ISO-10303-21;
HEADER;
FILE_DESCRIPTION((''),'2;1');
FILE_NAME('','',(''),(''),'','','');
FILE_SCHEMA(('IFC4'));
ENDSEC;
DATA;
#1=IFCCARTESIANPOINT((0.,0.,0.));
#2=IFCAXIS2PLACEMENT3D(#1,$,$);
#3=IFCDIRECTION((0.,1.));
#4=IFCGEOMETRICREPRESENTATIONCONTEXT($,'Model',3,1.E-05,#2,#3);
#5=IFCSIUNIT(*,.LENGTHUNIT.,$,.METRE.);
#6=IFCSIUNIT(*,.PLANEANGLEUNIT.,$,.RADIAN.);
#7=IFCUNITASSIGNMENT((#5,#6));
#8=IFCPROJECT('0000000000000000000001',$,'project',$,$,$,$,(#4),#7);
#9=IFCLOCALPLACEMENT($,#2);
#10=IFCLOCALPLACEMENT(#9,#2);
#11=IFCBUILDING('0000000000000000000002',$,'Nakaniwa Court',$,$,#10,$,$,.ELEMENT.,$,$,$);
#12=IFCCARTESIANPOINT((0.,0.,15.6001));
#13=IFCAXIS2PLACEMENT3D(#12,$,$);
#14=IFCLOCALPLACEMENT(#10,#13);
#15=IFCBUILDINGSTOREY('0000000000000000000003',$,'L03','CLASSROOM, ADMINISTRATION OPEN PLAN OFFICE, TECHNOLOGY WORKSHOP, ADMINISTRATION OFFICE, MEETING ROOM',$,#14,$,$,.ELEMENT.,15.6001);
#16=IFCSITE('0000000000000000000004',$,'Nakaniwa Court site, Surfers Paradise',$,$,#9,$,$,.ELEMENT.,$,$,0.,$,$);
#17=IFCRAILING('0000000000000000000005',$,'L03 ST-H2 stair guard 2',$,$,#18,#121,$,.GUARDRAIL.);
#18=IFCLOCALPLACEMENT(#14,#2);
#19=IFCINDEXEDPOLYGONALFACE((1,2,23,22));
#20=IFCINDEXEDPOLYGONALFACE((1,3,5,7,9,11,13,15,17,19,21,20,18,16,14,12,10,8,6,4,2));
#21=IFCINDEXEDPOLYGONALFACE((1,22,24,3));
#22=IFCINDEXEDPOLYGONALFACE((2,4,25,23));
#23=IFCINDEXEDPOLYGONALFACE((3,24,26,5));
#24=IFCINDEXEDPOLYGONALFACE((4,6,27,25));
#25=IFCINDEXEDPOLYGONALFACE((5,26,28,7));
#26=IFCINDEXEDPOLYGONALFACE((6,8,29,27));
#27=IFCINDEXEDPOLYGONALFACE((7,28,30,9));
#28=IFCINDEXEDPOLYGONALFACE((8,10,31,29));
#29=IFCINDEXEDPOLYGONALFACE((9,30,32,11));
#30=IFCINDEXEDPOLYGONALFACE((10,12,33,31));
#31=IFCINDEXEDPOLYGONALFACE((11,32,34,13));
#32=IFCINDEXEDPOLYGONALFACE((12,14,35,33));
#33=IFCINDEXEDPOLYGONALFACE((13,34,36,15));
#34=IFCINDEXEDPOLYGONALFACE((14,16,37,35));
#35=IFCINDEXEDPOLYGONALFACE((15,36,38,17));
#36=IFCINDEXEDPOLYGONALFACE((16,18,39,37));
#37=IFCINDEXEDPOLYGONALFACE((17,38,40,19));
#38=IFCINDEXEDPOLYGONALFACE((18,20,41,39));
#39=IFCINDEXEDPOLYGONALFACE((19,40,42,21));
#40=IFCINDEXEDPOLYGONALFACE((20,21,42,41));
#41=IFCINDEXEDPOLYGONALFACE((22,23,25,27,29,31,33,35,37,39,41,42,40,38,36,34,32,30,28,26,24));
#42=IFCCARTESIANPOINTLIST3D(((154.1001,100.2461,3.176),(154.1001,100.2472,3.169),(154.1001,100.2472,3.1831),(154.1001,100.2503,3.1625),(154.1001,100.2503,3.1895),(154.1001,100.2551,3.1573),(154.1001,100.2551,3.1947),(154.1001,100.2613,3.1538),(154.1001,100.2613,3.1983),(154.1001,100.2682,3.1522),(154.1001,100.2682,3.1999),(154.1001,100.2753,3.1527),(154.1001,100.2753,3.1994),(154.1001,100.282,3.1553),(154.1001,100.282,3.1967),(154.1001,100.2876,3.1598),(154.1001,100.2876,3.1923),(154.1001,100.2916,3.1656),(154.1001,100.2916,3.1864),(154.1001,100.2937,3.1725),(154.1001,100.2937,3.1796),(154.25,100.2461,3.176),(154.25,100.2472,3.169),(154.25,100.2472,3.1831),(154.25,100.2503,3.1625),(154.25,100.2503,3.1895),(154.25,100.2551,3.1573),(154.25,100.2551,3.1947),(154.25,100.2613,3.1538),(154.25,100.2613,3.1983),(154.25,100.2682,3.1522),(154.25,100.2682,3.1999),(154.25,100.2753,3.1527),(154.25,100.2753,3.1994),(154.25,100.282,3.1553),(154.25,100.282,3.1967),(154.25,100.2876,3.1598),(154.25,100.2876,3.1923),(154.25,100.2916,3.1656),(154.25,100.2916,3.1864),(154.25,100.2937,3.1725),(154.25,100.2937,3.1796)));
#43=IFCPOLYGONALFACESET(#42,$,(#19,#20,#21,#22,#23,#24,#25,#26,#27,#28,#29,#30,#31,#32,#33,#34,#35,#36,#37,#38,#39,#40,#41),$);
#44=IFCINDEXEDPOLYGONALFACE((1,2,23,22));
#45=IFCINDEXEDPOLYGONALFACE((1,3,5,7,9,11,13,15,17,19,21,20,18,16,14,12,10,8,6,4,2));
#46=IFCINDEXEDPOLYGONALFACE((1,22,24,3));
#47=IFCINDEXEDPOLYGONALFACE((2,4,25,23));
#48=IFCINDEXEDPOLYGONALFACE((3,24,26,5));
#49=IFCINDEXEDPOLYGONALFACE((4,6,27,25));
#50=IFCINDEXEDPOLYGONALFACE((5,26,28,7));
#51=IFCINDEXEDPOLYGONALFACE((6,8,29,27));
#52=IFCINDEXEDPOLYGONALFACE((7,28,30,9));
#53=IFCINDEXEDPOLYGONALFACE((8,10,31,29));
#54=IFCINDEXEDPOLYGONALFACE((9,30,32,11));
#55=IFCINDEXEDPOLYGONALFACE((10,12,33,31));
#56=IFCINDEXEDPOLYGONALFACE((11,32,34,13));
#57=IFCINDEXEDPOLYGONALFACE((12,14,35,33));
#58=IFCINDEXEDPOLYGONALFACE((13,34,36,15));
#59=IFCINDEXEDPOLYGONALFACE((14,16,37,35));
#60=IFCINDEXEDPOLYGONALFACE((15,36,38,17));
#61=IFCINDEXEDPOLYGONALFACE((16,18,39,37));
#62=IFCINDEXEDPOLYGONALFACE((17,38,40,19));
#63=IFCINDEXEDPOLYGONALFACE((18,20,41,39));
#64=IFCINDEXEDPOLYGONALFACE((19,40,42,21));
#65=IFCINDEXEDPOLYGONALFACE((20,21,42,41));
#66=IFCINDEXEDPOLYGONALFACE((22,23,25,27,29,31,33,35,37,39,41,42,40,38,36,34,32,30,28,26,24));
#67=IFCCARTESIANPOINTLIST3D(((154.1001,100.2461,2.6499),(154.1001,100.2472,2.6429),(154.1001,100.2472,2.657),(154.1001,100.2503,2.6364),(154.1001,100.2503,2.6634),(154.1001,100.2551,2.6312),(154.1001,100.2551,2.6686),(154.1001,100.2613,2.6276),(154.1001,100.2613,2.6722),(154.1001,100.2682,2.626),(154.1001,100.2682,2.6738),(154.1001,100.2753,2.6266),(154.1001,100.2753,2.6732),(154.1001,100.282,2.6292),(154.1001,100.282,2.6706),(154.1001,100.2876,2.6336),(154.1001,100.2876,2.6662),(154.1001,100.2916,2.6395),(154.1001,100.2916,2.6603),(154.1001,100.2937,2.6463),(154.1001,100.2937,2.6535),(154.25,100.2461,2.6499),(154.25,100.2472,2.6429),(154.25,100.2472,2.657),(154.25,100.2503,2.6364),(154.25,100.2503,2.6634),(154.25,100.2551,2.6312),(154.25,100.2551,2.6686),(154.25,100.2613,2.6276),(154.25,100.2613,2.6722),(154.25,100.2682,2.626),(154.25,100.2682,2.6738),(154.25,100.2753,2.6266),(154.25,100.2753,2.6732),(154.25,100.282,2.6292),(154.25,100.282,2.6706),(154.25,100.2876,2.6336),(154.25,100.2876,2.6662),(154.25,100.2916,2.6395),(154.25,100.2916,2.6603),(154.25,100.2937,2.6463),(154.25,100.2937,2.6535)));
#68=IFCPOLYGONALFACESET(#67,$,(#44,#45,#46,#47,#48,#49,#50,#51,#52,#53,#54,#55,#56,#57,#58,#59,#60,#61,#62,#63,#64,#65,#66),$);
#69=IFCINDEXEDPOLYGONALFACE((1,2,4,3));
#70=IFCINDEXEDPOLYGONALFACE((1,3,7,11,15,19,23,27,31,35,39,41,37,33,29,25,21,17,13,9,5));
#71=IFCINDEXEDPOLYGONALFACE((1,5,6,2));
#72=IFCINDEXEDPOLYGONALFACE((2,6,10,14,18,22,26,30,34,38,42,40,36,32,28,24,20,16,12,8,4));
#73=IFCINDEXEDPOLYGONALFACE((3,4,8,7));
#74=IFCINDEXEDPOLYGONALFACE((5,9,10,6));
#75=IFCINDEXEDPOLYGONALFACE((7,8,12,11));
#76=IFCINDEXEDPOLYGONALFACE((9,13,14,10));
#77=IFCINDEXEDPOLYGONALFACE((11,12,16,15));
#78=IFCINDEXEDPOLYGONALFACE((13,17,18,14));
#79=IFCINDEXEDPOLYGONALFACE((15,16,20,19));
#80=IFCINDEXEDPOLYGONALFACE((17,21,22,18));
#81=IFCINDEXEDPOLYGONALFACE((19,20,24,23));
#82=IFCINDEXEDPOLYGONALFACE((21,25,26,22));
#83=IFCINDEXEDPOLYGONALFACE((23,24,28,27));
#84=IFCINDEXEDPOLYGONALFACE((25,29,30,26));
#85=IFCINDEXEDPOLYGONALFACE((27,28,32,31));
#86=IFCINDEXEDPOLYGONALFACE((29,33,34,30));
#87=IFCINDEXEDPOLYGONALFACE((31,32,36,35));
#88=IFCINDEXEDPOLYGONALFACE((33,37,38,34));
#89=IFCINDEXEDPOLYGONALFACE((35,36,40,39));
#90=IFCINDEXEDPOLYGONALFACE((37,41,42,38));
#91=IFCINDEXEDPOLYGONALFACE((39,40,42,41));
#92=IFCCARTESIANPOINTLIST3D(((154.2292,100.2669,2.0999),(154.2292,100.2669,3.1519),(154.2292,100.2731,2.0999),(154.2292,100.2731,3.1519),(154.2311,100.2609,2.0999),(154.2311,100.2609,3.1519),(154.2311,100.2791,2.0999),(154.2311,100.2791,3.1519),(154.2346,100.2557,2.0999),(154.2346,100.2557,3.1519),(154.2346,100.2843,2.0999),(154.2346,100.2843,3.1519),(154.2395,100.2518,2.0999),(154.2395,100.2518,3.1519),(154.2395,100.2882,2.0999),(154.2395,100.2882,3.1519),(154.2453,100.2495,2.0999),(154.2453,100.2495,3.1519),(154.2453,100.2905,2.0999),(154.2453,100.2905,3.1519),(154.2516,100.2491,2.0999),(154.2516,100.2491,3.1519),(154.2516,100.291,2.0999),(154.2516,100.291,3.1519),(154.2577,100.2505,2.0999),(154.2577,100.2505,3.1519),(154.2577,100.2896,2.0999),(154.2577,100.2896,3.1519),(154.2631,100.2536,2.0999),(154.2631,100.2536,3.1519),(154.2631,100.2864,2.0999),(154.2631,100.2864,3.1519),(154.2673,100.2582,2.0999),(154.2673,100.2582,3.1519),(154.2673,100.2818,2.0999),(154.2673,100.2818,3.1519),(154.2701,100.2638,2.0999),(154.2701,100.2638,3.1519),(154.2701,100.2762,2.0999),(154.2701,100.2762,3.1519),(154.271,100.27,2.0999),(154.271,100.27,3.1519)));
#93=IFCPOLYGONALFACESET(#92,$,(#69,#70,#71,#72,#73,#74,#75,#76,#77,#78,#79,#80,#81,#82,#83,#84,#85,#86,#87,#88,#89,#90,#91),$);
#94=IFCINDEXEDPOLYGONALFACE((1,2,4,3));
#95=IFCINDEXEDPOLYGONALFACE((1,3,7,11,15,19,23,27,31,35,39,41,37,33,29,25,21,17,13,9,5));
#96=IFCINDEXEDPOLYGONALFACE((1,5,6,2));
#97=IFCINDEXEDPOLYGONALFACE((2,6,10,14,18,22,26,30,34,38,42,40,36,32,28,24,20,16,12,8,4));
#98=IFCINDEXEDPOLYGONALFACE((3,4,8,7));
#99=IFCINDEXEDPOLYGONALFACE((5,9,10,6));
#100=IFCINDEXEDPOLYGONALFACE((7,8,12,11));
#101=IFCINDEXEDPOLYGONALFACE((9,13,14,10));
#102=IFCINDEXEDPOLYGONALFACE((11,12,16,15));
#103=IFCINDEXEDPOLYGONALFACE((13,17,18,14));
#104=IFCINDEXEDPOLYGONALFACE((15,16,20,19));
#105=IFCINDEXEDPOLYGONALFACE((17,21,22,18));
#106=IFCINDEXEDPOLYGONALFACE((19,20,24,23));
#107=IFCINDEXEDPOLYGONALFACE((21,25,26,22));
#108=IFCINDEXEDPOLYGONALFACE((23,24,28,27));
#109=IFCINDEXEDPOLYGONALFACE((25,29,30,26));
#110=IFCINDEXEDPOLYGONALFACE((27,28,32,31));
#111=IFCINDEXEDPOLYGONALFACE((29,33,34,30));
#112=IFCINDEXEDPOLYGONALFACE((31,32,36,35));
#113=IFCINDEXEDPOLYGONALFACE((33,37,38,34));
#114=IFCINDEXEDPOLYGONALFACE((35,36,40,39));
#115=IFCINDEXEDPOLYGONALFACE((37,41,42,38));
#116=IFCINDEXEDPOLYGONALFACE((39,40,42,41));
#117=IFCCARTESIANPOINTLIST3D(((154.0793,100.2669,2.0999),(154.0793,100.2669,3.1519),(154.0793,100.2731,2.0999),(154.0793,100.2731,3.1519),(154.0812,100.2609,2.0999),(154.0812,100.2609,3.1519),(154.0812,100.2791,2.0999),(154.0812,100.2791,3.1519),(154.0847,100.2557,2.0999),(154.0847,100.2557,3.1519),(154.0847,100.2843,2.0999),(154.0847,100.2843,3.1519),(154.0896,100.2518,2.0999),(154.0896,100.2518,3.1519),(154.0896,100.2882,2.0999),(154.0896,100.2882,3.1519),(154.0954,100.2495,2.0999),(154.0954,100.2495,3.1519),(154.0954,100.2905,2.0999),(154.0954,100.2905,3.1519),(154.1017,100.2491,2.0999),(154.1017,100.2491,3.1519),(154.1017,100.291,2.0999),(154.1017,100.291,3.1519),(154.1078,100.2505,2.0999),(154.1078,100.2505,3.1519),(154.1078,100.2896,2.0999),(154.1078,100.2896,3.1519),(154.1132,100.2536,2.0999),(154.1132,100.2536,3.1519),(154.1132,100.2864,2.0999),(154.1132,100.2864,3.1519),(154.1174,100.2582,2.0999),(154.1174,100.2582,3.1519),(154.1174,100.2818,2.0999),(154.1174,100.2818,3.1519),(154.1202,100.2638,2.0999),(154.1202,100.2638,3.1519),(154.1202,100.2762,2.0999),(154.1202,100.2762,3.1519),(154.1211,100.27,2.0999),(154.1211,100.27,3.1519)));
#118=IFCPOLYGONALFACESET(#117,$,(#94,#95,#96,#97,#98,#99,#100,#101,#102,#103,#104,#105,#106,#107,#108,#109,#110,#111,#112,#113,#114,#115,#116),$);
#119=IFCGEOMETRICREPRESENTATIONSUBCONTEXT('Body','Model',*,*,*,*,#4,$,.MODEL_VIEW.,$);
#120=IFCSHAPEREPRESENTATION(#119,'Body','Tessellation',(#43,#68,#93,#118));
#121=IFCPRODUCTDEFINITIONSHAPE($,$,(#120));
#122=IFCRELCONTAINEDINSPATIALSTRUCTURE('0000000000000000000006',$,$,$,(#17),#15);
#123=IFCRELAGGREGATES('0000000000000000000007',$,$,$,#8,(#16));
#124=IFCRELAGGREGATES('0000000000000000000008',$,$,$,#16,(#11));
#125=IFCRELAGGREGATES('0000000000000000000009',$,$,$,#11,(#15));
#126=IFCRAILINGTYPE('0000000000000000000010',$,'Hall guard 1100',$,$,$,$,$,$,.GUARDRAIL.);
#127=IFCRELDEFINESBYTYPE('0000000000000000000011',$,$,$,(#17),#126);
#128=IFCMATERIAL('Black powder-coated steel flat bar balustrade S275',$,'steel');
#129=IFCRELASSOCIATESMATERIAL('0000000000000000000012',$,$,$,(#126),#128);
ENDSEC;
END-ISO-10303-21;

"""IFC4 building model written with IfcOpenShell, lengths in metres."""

from ifc_helpers import new_model, si_unit, direction, frame, origin, origin_2d, place, context, subcontext, project, spatial, circle, extrude, material, type_object, element, save


model = new_model("IFC4")

# Units and contexts
model_context = context("Model", 3, precision=1e-05, world=origin(), true_north=direction((0.0, 1.0)))
body_context = subcontext(model_context, "Body", "Model", "MODEL_VIEW")
ifc_project = project(units=[si_unit("LENGTHUNIT", "METRE"), si_unit("PLANEANGLEUNIT", "RADIAN")], contexts=[model_context])

# Site, building, storey
site_placement = place(None, origin())
site = spatial("IfcSite", under=ifc_project, at=site_placement, Name="Nakaniwa Court site, Surfers Paradise", CompositionType="ELEMENT", RefElevation=0.0)
building_placement = place(site_placement, origin())
building = spatial("IfcBuilding", under=site, at=building_placement, Name="Nakaniwa Court", CompositionType="ELEMENT")
storey_placement = place(building_placement, frame((0.0, 0.0, 15.6001)))
storey = spatial("IfcBuildingStorey", under=building, at=storey_placement, Name="L03", Description="CLASSROOM, ADMINISTRATION OPEN PLAN OFFICE, TECHNOLOGY WORKSHOP, ADMINISTRATION OFFICE, MEETING ROOM", CompositionType="ELEMENT", Elevation=15.6001)

# Railing
ifc_material_1 = material(Name="Black powder-coated steel flat bar balustrade S275", Category="steel")
railing_type_1 = type_object("IfcRailingType", Name="Hall guard 1100", PredefinedType="GUARDRAIL", material=ifc_material_1)
railing_1_placement = place(storey_placement, frame((154.25, 100.27, 2.0999)))
element("IfcRailing", 1, at=railing_1_placement, inside=storey, type_object=railing_type_1, Name="L03 ST-H2 stair guard 2", PredefinedType="GUARDRAIL", context=body_context, shape_type="SweptSolid", body=[
    extrude(circle(Radius=0.0239, at=origin_2d()), frame((0.0, 0.0, 1.0762), z_axis=(-1.0, 0.0, 0.0), x_axis=(0.0, -1.0, 0.0)), (0.0, 0.0, 1.0), 0.1499),
    extrude(circle(Radius=0.0239, at=origin_2d()), frame((0.0, 0.0, 0.55), z_axis=(-1.0, 0.0, 0.0), x_axis=(0.0, -1.0, 0.0)), (0.0, 0.0, 1.0), 0.1499),
    extrude(circle(Radius=0.021, at=origin_2d()), origin(), (0.0, 0.0, 1.0), 1.052),
    extrude(circle(Radius=0.021, at=origin_2d()), frame((-0.1499, 0.0, 0.0)), (0.0, 0.0, 1.0), 1.052),
])

save(model, "model.ifc")
